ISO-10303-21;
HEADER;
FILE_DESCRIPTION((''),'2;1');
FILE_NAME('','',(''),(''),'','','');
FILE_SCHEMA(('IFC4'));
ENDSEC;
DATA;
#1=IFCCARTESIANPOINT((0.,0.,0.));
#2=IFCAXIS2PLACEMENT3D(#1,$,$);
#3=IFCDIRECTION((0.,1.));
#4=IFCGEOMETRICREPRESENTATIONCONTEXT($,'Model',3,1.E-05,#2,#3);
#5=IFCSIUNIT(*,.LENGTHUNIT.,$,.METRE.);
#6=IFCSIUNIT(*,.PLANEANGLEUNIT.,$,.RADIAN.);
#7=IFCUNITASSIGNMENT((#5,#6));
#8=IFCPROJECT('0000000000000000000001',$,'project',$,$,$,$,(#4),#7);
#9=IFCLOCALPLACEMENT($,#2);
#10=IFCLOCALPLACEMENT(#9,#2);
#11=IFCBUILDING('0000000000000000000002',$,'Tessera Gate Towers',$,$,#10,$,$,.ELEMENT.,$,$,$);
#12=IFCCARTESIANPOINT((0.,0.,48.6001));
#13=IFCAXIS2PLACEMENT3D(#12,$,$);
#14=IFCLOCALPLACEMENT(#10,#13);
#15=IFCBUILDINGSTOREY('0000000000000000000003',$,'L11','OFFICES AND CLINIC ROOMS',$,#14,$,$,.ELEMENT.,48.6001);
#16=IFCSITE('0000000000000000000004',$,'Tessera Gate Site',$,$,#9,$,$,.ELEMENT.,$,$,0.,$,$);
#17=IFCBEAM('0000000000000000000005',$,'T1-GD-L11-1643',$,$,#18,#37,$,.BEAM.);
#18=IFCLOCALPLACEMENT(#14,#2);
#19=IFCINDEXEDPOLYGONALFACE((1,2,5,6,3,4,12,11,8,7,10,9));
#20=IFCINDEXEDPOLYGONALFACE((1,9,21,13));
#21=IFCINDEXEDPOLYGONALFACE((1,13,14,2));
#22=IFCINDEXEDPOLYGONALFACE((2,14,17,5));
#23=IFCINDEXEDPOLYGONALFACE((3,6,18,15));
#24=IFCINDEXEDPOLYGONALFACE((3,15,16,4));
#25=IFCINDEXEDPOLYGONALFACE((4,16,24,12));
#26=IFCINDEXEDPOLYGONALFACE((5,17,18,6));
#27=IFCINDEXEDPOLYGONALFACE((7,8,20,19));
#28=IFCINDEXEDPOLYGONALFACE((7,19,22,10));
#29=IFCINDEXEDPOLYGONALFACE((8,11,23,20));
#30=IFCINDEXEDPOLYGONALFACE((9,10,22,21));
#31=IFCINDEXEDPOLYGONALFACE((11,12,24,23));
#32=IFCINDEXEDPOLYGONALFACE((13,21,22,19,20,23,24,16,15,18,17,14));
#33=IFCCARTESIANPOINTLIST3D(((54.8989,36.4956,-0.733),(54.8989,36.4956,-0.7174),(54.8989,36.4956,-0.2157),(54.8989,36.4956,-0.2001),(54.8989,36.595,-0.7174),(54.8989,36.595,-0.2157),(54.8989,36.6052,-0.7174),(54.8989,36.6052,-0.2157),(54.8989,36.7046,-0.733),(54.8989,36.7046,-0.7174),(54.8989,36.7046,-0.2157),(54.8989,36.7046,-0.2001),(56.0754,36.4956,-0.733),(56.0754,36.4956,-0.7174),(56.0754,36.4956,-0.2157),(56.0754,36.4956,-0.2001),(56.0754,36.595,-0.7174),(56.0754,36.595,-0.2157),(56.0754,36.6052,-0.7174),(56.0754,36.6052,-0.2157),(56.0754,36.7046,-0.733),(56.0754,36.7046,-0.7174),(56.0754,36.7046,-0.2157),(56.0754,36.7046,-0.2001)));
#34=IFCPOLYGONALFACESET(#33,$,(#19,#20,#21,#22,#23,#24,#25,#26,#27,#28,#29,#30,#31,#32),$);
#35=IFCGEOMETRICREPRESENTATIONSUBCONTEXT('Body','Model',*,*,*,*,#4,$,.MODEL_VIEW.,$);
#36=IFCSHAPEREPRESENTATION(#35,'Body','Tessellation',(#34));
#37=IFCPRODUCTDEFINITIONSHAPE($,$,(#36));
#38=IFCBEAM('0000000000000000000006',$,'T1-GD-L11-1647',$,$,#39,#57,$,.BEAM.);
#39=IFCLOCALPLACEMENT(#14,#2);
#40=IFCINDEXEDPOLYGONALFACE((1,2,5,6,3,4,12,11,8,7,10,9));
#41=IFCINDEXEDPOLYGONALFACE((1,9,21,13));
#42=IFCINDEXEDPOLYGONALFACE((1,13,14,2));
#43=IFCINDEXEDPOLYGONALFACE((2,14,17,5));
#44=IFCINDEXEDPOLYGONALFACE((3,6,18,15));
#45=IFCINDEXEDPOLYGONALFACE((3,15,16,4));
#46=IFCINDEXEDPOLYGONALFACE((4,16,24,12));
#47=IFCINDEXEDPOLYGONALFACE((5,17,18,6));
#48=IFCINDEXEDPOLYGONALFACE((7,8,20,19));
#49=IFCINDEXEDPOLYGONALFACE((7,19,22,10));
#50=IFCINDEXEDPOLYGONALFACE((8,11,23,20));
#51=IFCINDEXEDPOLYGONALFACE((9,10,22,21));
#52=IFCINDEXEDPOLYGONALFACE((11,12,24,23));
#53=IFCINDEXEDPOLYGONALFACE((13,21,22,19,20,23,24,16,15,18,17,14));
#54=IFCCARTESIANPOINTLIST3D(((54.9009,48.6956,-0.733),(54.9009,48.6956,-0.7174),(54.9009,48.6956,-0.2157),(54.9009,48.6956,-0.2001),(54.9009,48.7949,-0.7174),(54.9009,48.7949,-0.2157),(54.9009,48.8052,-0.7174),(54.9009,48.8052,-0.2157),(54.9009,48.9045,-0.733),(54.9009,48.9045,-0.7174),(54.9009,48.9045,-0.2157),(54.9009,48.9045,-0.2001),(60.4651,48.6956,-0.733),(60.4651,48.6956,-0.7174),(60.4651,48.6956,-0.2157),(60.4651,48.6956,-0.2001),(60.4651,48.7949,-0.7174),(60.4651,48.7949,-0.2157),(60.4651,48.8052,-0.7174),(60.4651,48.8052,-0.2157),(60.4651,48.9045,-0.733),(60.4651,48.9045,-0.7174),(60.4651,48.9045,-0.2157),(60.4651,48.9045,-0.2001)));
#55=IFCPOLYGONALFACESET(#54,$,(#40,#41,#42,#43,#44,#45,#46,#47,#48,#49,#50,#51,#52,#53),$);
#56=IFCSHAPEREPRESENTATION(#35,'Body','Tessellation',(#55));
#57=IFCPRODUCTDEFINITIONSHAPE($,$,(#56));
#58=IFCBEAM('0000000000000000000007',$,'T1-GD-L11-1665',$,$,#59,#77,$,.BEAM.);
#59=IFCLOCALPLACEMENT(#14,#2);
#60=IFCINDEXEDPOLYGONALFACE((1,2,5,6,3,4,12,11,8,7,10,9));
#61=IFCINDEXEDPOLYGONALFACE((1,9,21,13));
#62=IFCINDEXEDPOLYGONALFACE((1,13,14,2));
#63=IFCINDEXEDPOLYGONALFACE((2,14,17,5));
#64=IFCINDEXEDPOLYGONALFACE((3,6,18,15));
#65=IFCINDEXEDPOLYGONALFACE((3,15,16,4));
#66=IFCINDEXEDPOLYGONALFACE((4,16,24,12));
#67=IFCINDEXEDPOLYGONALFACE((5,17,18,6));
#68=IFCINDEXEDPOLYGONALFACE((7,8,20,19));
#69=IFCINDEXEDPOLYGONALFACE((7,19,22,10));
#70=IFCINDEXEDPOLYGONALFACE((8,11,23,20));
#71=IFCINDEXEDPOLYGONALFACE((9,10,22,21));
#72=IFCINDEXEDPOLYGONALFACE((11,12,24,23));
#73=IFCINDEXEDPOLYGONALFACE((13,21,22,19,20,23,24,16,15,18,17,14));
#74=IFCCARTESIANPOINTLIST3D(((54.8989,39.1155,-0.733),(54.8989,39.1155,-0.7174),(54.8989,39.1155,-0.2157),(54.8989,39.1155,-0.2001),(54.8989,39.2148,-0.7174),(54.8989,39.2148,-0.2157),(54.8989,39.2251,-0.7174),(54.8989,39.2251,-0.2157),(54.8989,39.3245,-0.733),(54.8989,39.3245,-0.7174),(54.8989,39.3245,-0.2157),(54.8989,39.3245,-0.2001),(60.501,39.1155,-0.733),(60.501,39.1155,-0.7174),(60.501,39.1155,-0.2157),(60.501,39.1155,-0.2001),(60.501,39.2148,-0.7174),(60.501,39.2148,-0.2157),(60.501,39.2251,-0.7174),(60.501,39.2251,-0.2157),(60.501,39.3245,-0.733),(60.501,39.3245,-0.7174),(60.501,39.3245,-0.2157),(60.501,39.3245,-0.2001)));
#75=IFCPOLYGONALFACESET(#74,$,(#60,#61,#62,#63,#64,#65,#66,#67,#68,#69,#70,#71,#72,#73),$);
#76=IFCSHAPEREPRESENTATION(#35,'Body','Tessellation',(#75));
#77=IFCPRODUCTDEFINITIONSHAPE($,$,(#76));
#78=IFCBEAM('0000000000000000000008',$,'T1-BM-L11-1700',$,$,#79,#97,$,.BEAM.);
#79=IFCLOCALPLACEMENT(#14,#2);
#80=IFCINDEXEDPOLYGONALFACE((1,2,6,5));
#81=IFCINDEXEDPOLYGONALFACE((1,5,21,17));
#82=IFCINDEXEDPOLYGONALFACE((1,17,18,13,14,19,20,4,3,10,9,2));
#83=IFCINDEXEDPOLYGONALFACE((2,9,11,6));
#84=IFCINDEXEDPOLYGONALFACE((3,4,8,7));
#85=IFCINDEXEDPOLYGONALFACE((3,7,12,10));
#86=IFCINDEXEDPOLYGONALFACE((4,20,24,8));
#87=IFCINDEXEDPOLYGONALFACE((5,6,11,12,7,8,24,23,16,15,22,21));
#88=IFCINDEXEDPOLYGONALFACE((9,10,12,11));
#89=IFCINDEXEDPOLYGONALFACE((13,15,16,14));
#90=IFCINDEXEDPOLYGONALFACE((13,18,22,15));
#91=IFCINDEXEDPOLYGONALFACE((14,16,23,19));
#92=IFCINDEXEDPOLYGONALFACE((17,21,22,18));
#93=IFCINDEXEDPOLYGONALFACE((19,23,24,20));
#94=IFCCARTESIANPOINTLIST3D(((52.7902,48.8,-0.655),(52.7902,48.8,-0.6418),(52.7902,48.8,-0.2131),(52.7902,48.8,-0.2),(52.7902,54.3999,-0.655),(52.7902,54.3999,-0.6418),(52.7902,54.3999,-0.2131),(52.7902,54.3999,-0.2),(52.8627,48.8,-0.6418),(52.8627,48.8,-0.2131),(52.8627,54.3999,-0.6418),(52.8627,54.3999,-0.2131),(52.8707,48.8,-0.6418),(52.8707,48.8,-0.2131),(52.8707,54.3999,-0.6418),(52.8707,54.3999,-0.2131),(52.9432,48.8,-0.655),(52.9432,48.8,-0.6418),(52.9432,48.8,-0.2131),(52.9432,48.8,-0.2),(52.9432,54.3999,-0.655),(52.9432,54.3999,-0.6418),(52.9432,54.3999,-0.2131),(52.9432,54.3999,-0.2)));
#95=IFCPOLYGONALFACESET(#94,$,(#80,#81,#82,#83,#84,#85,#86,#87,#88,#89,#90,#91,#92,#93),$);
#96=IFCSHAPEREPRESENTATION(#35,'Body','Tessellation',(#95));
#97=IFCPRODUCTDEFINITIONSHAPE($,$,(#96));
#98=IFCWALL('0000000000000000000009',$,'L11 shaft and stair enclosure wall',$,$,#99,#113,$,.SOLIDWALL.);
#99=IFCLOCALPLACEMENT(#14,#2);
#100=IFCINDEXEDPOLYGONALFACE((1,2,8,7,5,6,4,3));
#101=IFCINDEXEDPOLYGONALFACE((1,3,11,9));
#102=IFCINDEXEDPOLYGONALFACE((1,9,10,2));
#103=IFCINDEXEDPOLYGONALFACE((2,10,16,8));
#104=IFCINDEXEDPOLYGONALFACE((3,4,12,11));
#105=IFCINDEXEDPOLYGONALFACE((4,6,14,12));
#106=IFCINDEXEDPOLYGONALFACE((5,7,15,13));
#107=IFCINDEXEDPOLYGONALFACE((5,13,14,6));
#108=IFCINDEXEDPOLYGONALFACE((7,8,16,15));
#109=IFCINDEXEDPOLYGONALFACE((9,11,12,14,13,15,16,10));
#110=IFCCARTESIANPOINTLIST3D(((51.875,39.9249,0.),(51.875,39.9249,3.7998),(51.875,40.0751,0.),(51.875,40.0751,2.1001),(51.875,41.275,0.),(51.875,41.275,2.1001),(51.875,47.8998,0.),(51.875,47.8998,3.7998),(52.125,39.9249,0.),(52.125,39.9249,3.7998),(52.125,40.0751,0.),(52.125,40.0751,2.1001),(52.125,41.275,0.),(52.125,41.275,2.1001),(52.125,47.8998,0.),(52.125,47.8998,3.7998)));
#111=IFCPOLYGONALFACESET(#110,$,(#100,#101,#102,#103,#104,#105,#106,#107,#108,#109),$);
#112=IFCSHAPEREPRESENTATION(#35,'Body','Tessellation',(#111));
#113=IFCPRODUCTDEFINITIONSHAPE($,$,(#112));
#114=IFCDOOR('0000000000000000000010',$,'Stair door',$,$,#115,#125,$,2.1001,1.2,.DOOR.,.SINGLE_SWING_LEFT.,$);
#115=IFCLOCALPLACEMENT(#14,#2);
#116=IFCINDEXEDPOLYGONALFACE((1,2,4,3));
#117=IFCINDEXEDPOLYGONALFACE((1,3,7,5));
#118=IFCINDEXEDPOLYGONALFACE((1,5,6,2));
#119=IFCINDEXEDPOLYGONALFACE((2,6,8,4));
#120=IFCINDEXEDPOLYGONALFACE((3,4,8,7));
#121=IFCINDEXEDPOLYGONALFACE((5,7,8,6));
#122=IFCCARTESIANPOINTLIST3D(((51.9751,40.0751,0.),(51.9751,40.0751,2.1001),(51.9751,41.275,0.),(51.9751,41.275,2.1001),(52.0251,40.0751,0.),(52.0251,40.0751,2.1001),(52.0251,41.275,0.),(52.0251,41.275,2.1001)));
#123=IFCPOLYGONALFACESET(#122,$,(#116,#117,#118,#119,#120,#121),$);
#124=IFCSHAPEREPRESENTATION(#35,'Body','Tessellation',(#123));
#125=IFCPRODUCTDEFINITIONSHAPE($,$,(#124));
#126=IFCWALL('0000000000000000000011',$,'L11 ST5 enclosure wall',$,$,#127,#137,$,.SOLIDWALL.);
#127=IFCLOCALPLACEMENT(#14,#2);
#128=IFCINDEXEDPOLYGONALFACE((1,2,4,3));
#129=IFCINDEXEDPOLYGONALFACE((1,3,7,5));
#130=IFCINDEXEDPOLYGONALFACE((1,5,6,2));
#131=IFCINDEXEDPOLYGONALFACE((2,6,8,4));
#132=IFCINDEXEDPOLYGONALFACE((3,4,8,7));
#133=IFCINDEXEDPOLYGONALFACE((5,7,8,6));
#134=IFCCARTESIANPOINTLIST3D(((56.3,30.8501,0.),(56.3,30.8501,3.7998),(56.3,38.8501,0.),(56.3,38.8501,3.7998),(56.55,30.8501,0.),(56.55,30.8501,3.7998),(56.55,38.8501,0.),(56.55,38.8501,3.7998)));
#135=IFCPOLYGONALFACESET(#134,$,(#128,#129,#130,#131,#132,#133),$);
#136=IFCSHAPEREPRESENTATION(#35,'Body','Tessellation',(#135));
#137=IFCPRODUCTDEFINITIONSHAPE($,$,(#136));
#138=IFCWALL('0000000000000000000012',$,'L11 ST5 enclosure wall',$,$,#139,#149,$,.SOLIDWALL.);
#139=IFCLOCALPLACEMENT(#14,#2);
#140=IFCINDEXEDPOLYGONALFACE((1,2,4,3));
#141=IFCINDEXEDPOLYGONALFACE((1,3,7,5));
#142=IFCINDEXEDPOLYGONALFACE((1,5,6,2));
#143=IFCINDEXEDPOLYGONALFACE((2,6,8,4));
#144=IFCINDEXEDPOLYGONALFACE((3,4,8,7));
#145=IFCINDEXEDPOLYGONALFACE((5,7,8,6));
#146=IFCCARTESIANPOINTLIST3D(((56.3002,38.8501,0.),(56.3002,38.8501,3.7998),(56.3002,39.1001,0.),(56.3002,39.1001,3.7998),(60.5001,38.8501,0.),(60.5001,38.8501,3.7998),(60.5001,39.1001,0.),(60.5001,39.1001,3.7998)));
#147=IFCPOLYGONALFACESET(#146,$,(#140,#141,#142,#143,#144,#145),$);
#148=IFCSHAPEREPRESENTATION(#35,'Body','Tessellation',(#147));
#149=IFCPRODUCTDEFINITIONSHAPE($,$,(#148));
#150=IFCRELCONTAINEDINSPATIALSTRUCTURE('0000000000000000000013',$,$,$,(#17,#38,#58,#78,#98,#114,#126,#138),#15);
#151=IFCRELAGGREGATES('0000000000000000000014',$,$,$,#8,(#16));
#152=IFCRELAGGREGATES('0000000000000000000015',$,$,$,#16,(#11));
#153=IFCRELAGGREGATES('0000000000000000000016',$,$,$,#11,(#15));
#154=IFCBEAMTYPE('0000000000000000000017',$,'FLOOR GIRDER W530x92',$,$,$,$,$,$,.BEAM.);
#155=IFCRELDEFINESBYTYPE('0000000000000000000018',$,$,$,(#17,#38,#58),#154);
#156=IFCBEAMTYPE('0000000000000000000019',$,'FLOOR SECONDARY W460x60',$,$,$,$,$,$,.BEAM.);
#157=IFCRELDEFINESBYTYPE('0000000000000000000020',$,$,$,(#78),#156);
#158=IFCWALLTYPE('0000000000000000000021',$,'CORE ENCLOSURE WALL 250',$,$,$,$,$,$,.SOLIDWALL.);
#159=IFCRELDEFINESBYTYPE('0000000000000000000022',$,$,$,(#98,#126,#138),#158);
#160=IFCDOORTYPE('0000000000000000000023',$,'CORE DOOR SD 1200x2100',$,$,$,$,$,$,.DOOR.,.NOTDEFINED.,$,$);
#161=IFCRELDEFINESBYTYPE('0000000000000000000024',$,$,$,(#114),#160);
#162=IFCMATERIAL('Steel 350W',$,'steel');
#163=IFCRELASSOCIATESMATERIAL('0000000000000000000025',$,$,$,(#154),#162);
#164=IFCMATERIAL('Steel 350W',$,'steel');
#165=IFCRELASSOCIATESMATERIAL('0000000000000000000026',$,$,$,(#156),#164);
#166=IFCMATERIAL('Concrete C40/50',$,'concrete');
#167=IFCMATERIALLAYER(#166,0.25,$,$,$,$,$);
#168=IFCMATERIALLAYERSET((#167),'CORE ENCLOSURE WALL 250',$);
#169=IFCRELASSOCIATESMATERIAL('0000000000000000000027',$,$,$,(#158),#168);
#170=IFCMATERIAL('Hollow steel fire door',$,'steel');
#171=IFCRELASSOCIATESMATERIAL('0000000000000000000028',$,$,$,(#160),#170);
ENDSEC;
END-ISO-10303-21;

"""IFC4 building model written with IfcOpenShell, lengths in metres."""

from ifc_helpers import new_model, si_unit, direction, frame, frame_2d, origin, origin_2d, place, context, subcontext, project, spatial, rectangle, i_section, extrude, source, transform, mapped, material, layer, layer_set, material_profile, profile_set, type_object, element, fill, save


model = new_model("IFC4")

# Units and contexts
model_context = context("Model", 3, precision=1e-05, world=origin(), true_north=direction((0.0, 1.0)))
body_context = subcontext(model_context, "Body", "Model", "MODEL_VIEW")
ifc_project = project(units=[si_unit("LENGTHUNIT", "METRE"), si_unit("PLANEANGLEUNIT", "RADIAN")], contexts=[model_context])

# Site, building, storey
site_placement = place(None, origin())
site = spatial("IfcSite", under=ifc_project, at=site_placement, Name="Tessera Gate Site", CompositionType="ELEMENT", RefElevation=0.0)
building_placement = place(site_placement, origin())
building = spatial("IfcBuilding", under=site, at=building_placement, Name="Tessera Gate Towers", CompositionType="ELEMENT")
storey_placement = place(building_placement, frame((0.0, 0.0, 48.6001)))
storey = spatial("IfcBuildingStorey", under=building, at=storey_placement, Name="L11", Description="OFFICES AND CLINIC ROOMS", CompositionType="ELEMENT", Elevation=48.6001)

# Beams
ifc_material_1 = material(Name="Steel 350W", Category="steel")
ifc_material_profile_1 = material_profile(ifc_material_1, i_section(OverallWidth=0.209, OverallDepth=0.533, WebThickness=0.0103, FlangeThickness=0.0156, at=origin_2d()), Name="W530x92")
ifc_profile_set_1 = profile_set([ifc_material_profile_1], Name="Steel 350W")
beam_type_1 = type_object("IfcBeamType", Name="FLOOR GIRDER W530x92", PredefinedType="BEAM", material=ifc_profile_set_1)
beam_1_placement = place(storey_placement, frame((54.8989, 36.6001, -0.4666), z_axis=(1.0, 0.0, 0.0), x_axis=(0.0, 1.0, 0.0)))
element("IfcBeam", 1, at=beam_1_placement, inside=storey, type_object=beam_type_1, Name="T1-GD-L11-1643", PredefinedType="BEAM", context=body_context, shape_type="SweptSolid", body=[
    extrude(i_section(OverallWidth=0.209, OverallDepth=0.533, WebThickness=0.0103, FlangeThickness=0.0156, at=origin_2d()), origin(), (0.0, 0.0, 1.0), 1.1765),
])
beam_2_placement = place(storey_placement, frame((54.9009, 48.8, -0.4666), z_axis=(1.0, 0.0, 0.0), x_axis=(0.0, 1.0, 0.0)))
element("IfcBeam", 2, at=beam_2_placement, inside=storey, type_object=beam_type_1, Name="T1-GD-L11-1647", PredefinedType="BEAM", context=body_context, shape_type="SweptSolid", body=[
    extrude(i_section(OverallWidth=0.209, OverallDepth=0.533, WebThickness=0.0103, FlangeThickness=0.0156, at=origin_2d()), origin(), (0.0, 0.0, 1.0), 5.5642),
])
beam_3_placement = place(storey_placement, frame((54.8989, 39.22, -0.4666), z_axis=(1.0, 0.0, 0.0), x_axis=(0.0, 1.0, 0.0)))
element("IfcBeam", 3, at=beam_3_placement, inside=storey, type_object=beam_type_1, Name="T1-GD-L11-1665", PredefinedType="BEAM", context=body_context, shape_type="SweptSolid", body=[
    extrude(i_section(OverallWidth=0.209, OverallDepth=0.533, WebThickness=0.0103, FlangeThickness=0.0156, at=origin_2d()), origin(), (0.0, 0.0, 1.0), 5.6021),
])
ifc_material_2 = material(Name="Steel 350W", Category="steel")
ifc_material_profile_2 = material_profile(ifc_material_2, i_section(OverallWidth=0.1531, OverallDepth=0.4551, WebThickness=0.0081, FlangeThickness=0.0132, at=origin_2d()), Name="W460x60")
ifc_profile_set_2 = profile_set([ifc_material_profile_2], Name="Steel 350W")
beam_type_2 = type_object("IfcBeamType", Name="FLOOR SECONDARY W460x60", PredefinedType="BEAM", material=ifc_profile_set_2)
beam_4_placement = place(storey_placement, frame((52.8667, 48.8, -0.4275), z_axis=(0.0, 1.0, 0.0), x_axis=(-1.0, 0.0, 0.0)))
element("IfcBeam", 4, at=beam_4_placement, inside=storey, type_object=beam_type_2, Name="T1-BM-L11-1700", PredefinedType="BEAM", context=body_context, shape_type="SweptSolid", body=[
    extrude(i_section(OverallWidth=0.1531, OverallDepth=0.4551, WebThickness=0.0081, FlangeThickness=0.0132, at=origin_2d()), origin(), (0.0, 0.0, 1.0), 5.5999),
])

# Wall, opening, door
ifc_material_3 = material(Name="Concrete C40/50", Category="concrete")
ifc_layer_1 = layer(ifc_material_3, 0.25)
ifc_layer_set_1 = layer_set([ifc_layer_1], Name="CORE ENCLOSURE WALL 250")
wall_type_1 = type_object("IfcWallType", Name="CORE ENCLOSURE WALL 250", PredefinedType="SOLIDWALL", material=ifc_layer_set_1)
wall_1_placement = place(storey_placement, frame((52.0, 39.925, 0.0), z_axis=(0.0, 0.0, 1.0), x_axis=(0.0, 1.0, 0.0)))
wall_1 = element("IfcWall", 5, at=wall_1_placement, inside=storey, type_object=wall_type_1, Name="L11 shaft and stair enclosure wall", PredefinedType="SOLIDWALL", context=body_context, shape_type="SweptSolid", body=[
    extrude(rectangle(XDim=7.9749, YDim=0.25, at=frame_2d((3.9873, 0.0))), origin(), (0.0, 0.0, 1.0), 3.7998),
])
shared_shape_1 = source(origin(), body_context, "Body", "SweptSolid", [
    extrude(rectangle(XDim=1.2, YDim=2.1001, at=frame_2d((0.6001, 1.05))), frame((0.0, 0.135, 0.0), z_axis=(0.0, -1.0, 0.0), x_axis=(1.0, 0.0, 0.0)), (0.0, 0.0, 1.0), 0.27),
])
opening_1_placement = place(wall_1_placement, frame((0.1499, 0.0, 0.0)))
opening_1 = element("IfcOpeningElement", 6, at=opening_1_placement, cuts=wall_1, PredefinedType="OPENING", context=body_context, shape_type="MappedRepresentation", body=[
    mapped(shared_shape_1, transform((0.0, 0.0, 0.0), scale=1.0)),
])
ifc_material_4 = material(Name="Hollow steel fire door", Category="steel")
door_type_1 = type_object("IfcDoorType", Name="CORE DOOR SD 1200x2100", OperationType="NOTDEFINED", PredefinedType="DOOR", material=ifc_material_4)
shared_shape_2 = source(origin(), body_context, "Body", "SweptSolid", [
    extrude(rectangle(XDim=1.2, YDim=2.1001, at=frame_2d((0.6001, 1.05))), frame((0.0, 0.0249, 0.0), z_axis=(0.0, -1.0, 0.0), x_axis=(1.0, 0.0, 0.0)), (0.0, 0.0, 1.0), 0.05),
])
door_1_placement = place(opening_1_placement, origin())
door_1 = element("IfcDoor", 7, at=door_1_placement, inside=storey, type_object=door_type_1, Name="Stair door", OperationType="SINGLE_SWING_LEFT", OverallHeight=2.1001, OverallWidth=1.2, PredefinedType="DOOR", context=body_context, shape_type="MappedRepresentation", body=[
    mapped(shared_shape_2, transform((0.0, 0.0, 0.0), scale=1.0)),
])
fill(opening_1, door_1)

# Walls
wall_2_placement = place(storey_placement, frame((56.425, 30.8501, 0.0), z_axis=(0.0, 0.0, 1.0), x_axis=(0.0, 1.0, 0.0)))
element("IfcWall", 8, at=wall_2_placement, inside=storey, type_object=wall_type_1, Name="L11 ST5 enclosure wall", PredefinedType="SOLIDWALL", context=body_context, shape_type="SweptSolid", body=[
    extrude(rectangle(XDim=8.0, YDim=0.25, at=frame_2d((4.0, 0.0))), origin(), (0.0, 0.0, 1.0), 3.7998),
])
wall_3_placement = place(storey_placement, frame((56.3, 38.9751, 0.0), z_axis=(0.0, 0.0, 1.0), x_axis=(1.0, 0.0, 0.0)))
element("IfcWall", 9, at=wall_3_placement, inside=storey, type_object=wall_type_1, Name="L11 ST5 enclosure wall", PredefinedType="SOLIDWALL", context=body_context, shape_type="SweptSolid", body=[
    extrude(rectangle(XDim=4.2, YDim=0.25, at=frame_2d((2.1001, 0.0))), origin(), (0.0, 0.0, 1.0), 3.7998),
])

save(model, "model.ifc")
